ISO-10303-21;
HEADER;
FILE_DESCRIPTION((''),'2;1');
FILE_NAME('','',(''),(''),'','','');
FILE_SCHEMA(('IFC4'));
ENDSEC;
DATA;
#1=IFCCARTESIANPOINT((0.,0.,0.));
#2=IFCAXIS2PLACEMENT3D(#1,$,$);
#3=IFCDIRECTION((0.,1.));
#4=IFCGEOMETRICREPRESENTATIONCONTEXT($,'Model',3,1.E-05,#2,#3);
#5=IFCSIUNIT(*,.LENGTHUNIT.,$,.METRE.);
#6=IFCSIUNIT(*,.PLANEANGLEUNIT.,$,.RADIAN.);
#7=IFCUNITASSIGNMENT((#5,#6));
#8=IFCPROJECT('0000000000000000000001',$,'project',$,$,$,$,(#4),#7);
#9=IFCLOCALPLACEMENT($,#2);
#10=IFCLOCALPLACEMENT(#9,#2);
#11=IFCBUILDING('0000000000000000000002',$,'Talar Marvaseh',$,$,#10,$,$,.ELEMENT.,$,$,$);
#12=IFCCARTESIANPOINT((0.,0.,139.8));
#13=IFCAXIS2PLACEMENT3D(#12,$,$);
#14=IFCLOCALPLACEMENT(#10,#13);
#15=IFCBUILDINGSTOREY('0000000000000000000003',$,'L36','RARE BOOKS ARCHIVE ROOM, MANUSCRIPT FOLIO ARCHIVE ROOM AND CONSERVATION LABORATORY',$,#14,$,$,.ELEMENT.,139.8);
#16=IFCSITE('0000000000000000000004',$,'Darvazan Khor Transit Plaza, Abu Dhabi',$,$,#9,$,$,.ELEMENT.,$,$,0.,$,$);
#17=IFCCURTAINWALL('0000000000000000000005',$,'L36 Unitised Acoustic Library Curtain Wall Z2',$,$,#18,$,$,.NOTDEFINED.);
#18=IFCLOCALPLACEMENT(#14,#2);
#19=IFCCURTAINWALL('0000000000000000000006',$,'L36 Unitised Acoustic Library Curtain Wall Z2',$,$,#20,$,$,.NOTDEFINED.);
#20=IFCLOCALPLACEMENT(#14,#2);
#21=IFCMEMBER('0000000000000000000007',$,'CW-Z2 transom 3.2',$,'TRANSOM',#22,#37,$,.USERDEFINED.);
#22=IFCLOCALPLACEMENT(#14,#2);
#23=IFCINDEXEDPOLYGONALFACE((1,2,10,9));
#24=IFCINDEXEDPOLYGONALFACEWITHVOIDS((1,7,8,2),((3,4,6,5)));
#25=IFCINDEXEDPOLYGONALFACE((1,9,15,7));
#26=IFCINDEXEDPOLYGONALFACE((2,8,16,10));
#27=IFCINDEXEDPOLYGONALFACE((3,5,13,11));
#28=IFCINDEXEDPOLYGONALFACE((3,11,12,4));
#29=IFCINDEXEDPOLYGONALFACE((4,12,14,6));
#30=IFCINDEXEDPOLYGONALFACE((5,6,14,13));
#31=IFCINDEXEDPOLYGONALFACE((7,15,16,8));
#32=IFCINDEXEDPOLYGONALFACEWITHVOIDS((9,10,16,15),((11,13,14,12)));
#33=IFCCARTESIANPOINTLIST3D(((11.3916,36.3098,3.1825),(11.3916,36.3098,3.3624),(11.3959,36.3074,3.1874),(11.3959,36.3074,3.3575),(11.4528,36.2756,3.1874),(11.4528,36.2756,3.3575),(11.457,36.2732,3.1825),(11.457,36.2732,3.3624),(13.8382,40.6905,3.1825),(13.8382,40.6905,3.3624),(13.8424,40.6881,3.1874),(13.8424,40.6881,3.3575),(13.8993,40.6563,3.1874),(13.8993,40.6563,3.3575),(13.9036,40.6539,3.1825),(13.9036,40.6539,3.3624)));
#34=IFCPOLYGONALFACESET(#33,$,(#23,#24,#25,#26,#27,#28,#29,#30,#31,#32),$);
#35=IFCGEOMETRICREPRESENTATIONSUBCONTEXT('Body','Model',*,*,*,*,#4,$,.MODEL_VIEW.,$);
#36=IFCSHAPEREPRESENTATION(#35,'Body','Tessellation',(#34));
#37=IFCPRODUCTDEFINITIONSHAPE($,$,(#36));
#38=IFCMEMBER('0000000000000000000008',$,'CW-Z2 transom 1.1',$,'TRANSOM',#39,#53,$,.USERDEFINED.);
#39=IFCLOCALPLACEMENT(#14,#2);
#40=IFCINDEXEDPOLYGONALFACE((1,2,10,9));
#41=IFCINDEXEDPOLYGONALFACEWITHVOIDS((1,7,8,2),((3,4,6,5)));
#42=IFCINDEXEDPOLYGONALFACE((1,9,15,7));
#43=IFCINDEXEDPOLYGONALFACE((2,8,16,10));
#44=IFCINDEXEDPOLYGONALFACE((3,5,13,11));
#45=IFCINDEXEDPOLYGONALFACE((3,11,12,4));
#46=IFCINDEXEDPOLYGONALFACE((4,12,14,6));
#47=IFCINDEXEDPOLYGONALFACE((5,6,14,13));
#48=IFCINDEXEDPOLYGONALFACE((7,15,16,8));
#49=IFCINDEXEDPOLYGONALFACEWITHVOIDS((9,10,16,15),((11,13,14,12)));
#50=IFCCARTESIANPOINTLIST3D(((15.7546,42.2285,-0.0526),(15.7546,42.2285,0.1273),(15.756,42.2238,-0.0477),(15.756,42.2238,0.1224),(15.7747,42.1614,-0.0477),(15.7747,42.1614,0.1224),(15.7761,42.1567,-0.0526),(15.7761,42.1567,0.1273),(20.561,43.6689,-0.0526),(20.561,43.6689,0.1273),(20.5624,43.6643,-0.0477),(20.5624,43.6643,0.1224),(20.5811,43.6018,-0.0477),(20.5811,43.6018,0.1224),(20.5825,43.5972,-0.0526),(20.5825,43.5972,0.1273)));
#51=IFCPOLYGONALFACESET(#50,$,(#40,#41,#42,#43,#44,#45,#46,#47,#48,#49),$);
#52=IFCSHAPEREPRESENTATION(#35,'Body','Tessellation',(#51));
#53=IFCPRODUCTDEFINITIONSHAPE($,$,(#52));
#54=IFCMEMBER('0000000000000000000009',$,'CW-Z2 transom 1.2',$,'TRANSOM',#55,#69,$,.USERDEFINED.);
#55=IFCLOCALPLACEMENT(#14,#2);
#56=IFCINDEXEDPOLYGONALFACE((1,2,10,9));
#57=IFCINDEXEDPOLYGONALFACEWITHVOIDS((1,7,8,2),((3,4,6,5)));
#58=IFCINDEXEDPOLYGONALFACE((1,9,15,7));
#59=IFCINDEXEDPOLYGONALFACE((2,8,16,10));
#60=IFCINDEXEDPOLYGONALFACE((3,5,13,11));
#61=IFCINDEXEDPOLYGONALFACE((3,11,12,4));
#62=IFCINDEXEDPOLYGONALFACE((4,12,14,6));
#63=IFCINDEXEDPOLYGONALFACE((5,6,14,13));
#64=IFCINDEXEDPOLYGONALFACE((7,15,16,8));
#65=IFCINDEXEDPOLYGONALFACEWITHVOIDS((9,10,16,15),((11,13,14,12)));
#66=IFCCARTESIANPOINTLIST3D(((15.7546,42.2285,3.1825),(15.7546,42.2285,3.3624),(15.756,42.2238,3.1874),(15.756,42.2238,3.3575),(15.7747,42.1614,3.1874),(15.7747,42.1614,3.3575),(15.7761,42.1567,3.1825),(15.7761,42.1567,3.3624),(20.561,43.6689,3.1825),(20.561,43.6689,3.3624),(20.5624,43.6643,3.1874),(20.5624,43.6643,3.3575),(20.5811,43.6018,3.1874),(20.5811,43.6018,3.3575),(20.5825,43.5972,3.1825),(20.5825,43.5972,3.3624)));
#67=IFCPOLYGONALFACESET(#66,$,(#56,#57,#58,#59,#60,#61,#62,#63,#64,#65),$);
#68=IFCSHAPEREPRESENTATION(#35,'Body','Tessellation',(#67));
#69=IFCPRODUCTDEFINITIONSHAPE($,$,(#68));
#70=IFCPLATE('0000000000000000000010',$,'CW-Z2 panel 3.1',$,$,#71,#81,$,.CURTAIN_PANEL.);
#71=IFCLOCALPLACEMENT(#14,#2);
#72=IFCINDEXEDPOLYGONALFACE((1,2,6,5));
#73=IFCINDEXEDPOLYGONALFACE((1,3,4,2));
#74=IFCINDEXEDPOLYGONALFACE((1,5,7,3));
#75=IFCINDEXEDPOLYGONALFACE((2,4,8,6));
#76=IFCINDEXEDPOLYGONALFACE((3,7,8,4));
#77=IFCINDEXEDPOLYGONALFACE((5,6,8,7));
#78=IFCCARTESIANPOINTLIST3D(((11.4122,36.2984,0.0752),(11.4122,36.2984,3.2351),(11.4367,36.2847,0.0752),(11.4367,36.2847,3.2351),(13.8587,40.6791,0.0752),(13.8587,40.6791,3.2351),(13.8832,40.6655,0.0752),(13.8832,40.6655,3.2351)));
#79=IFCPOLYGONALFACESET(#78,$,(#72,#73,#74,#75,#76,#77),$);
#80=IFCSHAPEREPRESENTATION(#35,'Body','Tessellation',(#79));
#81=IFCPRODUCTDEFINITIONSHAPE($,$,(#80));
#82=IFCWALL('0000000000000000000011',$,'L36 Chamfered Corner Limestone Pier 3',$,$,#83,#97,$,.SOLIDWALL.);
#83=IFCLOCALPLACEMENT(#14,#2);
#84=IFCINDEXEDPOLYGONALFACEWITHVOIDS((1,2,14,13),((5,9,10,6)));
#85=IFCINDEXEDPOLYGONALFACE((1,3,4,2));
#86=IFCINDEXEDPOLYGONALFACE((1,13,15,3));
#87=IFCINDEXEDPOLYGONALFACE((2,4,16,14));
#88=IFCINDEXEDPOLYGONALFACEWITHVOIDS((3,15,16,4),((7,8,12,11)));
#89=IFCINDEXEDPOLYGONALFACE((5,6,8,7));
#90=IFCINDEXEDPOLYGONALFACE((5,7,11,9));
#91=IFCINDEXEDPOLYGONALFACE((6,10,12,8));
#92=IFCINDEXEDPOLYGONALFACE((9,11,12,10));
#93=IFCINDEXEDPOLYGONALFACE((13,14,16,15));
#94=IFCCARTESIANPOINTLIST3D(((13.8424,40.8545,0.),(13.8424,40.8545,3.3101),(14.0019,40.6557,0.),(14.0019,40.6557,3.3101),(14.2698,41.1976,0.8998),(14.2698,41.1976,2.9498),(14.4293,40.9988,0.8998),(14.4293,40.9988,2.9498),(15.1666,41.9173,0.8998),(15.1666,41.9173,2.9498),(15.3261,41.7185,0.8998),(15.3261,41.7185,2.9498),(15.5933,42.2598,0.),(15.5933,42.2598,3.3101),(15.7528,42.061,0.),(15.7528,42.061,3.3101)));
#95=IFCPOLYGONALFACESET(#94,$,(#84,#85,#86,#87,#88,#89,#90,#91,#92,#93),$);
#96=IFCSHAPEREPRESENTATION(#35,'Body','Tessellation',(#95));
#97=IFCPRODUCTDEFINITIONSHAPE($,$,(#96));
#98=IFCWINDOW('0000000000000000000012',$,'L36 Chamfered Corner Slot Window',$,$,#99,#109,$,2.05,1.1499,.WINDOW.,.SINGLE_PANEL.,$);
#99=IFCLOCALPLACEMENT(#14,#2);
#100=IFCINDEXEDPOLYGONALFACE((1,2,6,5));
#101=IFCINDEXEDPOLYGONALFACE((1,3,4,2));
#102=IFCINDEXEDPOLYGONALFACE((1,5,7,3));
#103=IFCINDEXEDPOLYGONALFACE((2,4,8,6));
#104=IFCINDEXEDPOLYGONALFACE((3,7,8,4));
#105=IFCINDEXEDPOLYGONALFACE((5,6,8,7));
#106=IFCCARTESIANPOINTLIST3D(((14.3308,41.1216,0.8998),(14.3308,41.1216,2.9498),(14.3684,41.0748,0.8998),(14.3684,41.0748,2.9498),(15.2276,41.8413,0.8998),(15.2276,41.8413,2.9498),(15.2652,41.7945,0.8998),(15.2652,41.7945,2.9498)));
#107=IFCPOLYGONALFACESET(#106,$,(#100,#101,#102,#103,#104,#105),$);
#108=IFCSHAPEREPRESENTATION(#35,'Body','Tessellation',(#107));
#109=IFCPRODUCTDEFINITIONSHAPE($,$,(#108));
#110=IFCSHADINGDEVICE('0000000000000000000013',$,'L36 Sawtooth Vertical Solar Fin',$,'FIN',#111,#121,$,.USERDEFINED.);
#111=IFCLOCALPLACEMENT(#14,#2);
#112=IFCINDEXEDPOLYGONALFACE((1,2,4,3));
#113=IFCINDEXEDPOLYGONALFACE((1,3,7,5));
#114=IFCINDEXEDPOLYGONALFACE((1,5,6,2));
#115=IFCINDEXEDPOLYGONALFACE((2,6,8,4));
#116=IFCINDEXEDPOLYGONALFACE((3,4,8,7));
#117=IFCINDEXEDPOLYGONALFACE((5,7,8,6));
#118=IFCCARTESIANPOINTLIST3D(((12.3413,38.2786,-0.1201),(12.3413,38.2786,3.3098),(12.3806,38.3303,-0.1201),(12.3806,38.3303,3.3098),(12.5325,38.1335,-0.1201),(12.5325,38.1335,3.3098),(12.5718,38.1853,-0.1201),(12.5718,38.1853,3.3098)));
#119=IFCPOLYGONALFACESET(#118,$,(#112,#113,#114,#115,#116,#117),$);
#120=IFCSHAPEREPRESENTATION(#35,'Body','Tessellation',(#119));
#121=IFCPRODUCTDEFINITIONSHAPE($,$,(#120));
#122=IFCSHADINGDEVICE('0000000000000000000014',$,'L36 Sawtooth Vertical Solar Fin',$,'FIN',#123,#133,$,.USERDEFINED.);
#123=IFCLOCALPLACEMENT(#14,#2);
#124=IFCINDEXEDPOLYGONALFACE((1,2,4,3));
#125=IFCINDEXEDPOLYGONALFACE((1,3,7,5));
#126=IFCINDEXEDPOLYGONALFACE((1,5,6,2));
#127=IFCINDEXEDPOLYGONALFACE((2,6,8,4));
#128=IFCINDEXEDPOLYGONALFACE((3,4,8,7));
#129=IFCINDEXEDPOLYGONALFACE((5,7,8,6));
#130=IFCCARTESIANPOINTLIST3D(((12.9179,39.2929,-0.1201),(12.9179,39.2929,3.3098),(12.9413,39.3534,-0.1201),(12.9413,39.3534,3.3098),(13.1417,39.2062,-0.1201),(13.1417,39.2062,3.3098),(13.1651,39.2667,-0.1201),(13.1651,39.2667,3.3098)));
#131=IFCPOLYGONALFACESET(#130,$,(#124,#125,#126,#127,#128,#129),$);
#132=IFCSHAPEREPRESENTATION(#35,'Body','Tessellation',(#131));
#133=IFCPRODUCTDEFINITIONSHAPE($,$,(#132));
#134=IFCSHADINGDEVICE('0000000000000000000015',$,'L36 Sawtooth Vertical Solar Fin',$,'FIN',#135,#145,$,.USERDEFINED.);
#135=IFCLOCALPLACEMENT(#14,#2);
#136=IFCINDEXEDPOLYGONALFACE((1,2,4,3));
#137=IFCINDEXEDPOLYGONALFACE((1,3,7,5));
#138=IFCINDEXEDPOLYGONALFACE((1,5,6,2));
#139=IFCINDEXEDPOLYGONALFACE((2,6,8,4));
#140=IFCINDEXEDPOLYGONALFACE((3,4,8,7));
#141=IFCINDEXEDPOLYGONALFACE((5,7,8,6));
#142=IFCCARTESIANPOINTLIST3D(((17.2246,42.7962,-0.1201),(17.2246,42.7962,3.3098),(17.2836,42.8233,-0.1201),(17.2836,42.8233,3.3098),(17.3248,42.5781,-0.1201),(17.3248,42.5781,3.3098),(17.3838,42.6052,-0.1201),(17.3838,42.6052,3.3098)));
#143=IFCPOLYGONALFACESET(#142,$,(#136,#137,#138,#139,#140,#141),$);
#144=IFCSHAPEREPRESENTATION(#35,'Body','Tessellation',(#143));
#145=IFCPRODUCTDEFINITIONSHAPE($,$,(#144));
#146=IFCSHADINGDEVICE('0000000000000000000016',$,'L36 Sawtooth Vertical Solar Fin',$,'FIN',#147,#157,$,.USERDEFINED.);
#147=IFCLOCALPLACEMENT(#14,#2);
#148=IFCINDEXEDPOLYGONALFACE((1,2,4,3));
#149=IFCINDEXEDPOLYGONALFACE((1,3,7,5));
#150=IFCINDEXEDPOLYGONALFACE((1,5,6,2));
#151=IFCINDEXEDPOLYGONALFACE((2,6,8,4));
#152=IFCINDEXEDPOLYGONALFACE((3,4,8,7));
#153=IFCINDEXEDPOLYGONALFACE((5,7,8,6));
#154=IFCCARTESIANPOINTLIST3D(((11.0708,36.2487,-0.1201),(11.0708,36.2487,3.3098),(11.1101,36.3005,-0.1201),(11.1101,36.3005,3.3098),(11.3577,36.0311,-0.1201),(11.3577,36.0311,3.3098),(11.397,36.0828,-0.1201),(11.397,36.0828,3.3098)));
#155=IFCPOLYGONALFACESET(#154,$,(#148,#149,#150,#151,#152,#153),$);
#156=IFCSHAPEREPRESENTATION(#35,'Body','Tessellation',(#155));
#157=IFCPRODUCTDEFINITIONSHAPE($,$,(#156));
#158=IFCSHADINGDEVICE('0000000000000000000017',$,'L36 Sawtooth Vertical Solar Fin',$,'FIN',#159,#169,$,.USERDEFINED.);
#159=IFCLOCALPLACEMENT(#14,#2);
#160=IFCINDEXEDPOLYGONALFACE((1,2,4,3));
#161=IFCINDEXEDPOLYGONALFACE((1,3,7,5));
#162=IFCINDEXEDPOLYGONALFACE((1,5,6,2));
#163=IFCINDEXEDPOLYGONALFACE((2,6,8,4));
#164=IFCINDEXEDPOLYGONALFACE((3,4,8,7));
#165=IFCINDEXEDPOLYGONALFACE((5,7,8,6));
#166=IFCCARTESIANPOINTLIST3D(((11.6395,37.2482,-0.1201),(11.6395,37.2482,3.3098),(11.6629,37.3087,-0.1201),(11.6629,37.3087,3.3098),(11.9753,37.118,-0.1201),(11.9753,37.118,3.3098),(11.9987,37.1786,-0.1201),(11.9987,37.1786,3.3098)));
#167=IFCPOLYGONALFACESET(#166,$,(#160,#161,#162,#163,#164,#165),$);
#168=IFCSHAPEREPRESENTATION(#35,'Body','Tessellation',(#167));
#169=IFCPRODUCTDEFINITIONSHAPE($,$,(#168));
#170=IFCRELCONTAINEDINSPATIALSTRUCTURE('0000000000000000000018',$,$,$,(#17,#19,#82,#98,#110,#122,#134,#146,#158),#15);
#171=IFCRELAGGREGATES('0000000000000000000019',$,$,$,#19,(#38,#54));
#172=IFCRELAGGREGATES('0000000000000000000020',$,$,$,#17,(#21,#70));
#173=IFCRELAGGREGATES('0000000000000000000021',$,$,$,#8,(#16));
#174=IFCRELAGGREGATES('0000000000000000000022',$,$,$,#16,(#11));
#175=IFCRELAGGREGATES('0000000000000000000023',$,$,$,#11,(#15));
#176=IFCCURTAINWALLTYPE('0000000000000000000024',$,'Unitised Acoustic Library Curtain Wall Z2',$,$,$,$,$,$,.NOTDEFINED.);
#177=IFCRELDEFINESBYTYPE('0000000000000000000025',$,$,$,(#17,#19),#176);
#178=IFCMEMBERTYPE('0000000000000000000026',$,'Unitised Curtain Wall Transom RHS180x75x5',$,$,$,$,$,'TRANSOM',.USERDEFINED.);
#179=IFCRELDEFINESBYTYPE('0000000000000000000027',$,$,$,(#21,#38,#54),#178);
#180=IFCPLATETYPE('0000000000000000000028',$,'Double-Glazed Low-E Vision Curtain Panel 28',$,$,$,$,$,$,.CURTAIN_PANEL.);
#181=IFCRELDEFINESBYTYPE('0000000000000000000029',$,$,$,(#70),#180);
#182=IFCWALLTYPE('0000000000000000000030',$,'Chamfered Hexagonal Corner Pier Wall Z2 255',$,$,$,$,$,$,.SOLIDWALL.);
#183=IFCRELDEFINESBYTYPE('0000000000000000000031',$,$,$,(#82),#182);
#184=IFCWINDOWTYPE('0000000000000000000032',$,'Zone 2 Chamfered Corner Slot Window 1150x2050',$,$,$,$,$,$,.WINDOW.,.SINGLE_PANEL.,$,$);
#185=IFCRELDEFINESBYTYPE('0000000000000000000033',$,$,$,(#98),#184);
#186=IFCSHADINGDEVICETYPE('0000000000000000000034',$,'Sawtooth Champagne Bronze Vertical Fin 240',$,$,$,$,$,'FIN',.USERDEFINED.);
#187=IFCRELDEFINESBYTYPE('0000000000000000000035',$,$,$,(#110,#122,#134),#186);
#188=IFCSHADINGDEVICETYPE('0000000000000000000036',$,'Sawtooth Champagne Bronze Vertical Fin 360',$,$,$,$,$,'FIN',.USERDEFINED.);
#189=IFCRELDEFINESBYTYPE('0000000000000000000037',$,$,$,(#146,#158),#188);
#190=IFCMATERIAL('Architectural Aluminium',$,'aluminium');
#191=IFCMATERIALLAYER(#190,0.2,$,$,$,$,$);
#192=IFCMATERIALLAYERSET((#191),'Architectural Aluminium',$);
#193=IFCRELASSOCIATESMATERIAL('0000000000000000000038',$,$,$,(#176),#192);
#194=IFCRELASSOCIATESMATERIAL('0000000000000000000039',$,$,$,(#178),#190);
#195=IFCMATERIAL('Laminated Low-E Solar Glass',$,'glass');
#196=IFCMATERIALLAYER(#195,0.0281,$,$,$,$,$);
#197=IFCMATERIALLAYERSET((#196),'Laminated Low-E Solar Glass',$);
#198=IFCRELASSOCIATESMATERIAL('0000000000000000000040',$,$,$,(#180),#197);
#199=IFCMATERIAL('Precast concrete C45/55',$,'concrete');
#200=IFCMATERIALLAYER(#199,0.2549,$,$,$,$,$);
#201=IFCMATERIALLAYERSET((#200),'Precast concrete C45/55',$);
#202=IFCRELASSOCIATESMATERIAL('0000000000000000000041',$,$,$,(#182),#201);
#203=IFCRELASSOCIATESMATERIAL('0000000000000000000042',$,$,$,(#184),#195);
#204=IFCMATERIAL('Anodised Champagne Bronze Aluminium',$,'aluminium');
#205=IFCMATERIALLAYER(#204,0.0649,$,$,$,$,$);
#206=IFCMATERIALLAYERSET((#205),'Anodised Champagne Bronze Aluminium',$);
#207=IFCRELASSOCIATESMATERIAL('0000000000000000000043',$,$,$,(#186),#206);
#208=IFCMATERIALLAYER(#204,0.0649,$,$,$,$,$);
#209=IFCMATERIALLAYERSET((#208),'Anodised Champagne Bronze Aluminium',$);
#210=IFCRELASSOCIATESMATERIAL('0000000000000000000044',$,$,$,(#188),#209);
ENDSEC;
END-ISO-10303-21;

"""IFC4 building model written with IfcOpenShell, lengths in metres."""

from ifc_helpers import new_model, si_unit, direction, frame, frame_2d, origin, origin_2d, place, context, subcontext, project, spatial, rectangle, hollow_rectangle, extrude, source, transform, mapped, material, layer, layer_set, material_profile, profile_set, type_object, type_shapes, element, fill, aggregate, save


model = new_model("IFC4")

# Units and contexts
model_context = context("Model", 3, precision=1e-05, world=origin(), true_north=direction((0.0, 1.0)))
body_context = subcontext(model_context, "Body", "Model", "MODEL_VIEW")
ifc_project = project(units=[si_unit("LENGTHUNIT", "METRE"), si_unit("PLANEANGLEUNIT", "RADIAN")], contexts=[model_context])

# Site, building, storey
site_placement = place(None, origin())
site = spatial("IfcSite", under=ifc_project, at=site_placement, Name="Darvazan Khor Transit Plaza, Abu Dhabi", CompositionType="ELEMENT", RefElevation=0.0)
building_placement = place(site_placement, origin())
building = spatial("IfcBuilding", under=site, at=building_placement, Name="Talar Marvaseh", CompositionType="ELEMENT")
storey_placement = place(building_placement, frame((0.0, 0.0, 139.8)))
storey = spatial("IfcBuildingStorey", under=building, at=storey_placement, Name="L36", Description="RARE BOOKS ARCHIVE ROOM, MANUSCRIPT FOLIO ARCHIVE ROOM AND CONSERVATION LABORATORY", CompositionType="ELEMENT", Elevation=139.8)

# Curtain wall
ifc_material_1 = material(Name="Architectural Aluminium", Category="aluminium")
ifc_layer_1 = layer(ifc_material_1, 0.2)
ifc_layer_set_1 = layer_set([ifc_layer_1], Name="Architectural Aluminium")
curtain_wall_type = type_object("IfcCurtainWallType", Name="Unitised Acoustic Library Curtain Wall Z2", PredefinedType="NOTDEFINED", material=ifc_layer_set_1)
curtain_wall_1_placement = place(storey_placement, origin())
curtain_wall_1 = element("IfcCurtainWall", 1, at=curtain_wall_1_placement, inside=storey, type_object=curtain_wall_type, Name="L36 Unitised Acoustic Library Curtain Wall Z2", PredefinedType="NOTDEFINED")

# Curtain wall
curtain_wall_2_placement = place(storey_placement, origin())
curtain_wall_2 = element("IfcCurtainWall", 2, at=curtain_wall_2_placement, inside=storey, type_object=curtain_wall_type, Name="L36 Unitised Acoustic Library Curtain Wall Z2", PredefinedType="NOTDEFINED")

# Members
ifc_material_profile_1 = material_profile(ifc_material_1, hollow_rectangle(XDim=0.075, YDim=0.1799, WallThickness=0.0049, at=origin_2d()), Name="RHS180x75x5")
ifc_profile_set_1 = profile_set([ifc_material_profile_1], Name="Architectural Aluminium")
member_type_1 = type_object("IfcMemberType", Name="Unitised Curtain Wall Transom RHS180x75x5", ElementType="TRANSOM", PredefinedType="USERDEFINED", material=ifc_profile_set_1)
shared_shape_1 = source(origin(), body_context, "Body", "SweptSolid", [
    extrude(hollow_rectangle(XDim=0.075, YDim=0.1799, WallThickness=0.0049, at=origin_2d()), origin(), (0.0, 0.0, 1.0), 5.0176),
])
type_shapes(member_type_1, [shared_shape_1])
member_1_placement = place(storey_placement, frame((11.4243, 36.2915, 3.2725), z_axis=(0.4876, 0.873067, 0.0), x_axis=(-0.873067, 0.4876, 0.0)))
member_1 = element("IfcMember", 3, at=member_1_placement, type_object=member_type_1, Name="CW-Z2 transom 3.2", ObjectType="TRANSOM", PredefinedType="USERDEFINED", context=body_context, shape_type="MappedRepresentation", body=[
    mapped(shared_shape_1, transform((0.0, 0.0, 0.0), x_axis=(1.0, 0.0, 0.0), y_axis=(0.0, 1.0, 0.0), z_axis=(0.0, 0.0, 1.0), scale=1.0)),
])
member_2_placement = place(storey_placement, frame((15.7654, 42.1926, 0.0374), z_axis=(0.957908, 0.287076, 0.0), x_axis=(-0.287076, 0.957908, 0.0)))
member_2 = element("IfcMember", 4, at=member_2_placement, type_object=member_type_1, Name="CW-Z2 transom 1.1", ObjectType="TRANSOM", PredefinedType="USERDEFINED", context=body_context, shape_type="MappedRepresentation", body=[
    mapped(shared_shape_1, transform((0.0, 0.0, 0.0), x_axis=(1.0, 0.0, 0.0), y_axis=(0.0, 1.0, 0.0), z_axis=(0.0, 0.0, 1.0), scale=1.0)),
])
member_3_placement = place(storey_placement, frame((15.7654, 42.1926, 3.2725), z_axis=(0.957908, 0.287076, 0.0), x_axis=(-0.287076, 0.957908, 0.0)))
member_3 = element("IfcMember", 5, at=member_3_placement, type_object=member_type_1, Name="CW-Z2 transom 1.2", ObjectType="TRANSOM", PredefinedType="USERDEFINED", context=body_context, shape_type="MappedRepresentation", body=[
    mapped(shared_shape_1, transform((0.0, 0.0, 0.0), x_axis=(1.0, 0.0, 0.0), y_axis=(0.0, 1.0, 0.0), z_axis=(0.0, 0.0, 1.0), scale=1.0)),
])
aggregate(curtain_wall_2, [member_2, member_3])

# Plate
ifc_material_2 = material(Name="Laminated Low-E Solar Glass", Category="glass")
ifc_layer_2 = layer(ifc_material_2, 0.0281)
ifc_layer_set_2 = layer_set([ifc_layer_2], Name="Laminated Low-E Solar Glass")
plate_type = type_object("IfcPlateType", Name="Double-Glazed Low-E Vision Curtain Panel 28", PredefinedType="CURTAIN_PANEL", material=ifc_layer_set_2)
shared_shape_2 = source(origin(), body_context, "Body", "SweptSolid", [
    extrude(rectangle(XDim=5.0176, YDim=0.0281, at=origin_2d()), origin(), (0.0, 0.0, 1.0), 3.1599),
])
type_shapes(plate_type, [shared_shape_2])
plate_placement = place(storey_placement, frame((12.6477, 38.4819, 0.0752), z_axis=(0.0, 0.0, 1.0), x_axis=(0.487584, 0.873076, 0.0)))
plate = element("IfcPlate", 6, at=plate_placement, type_object=plate_type, Name="CW-Z2 panel 3.1", PredefinedType="CURTAIN_PANEL", context=body_context, shape_type="MappedRepresentation", body=[
    mapped(shared_shape_2, transform((0.0, 0.0, 0.0), x_axis=(1.0, 0.0, 0.0), y_axis=(0.0, 1.0, 0.0), z_axis=(0.0, 0.0, 1.0), scale=1.0)),
])
aggregate(curtain_wall_1, [member_1, plate])

# Wall, opening, window
ifc_material_3 = material(Name="Precast concrete C45/55", Category="concrete")
ifc_layer_3 = layer(ifc_material_3, 0.2549)
ifc_layer_set_3 = layer_set([ifc_layer_3], Name="Precast concrete C45/55")
wall_type = type_object("IfcWallType", Name="Chamfered Hexagonal Corner Pier Wall Z2 255", PredefinedType="SOLIDWALL", material=ifc_layer_set_3)
wall_placement = place(storey_placement, frame((13.9221, 40.7551, 0.0), z_axis=(0.0, 0.0, 1.0), x_axis=(0.779892, 0.625914, 0.0)))
wall = element("IfcWall", 7, at=wall_placement, inside=storey, type_object=wall_type, Name="L36 Chamfered Corner Limestone Pier 3", PredefinedType="SOLIDWALL", context=body_context, shape_type="SweptSolid", body=[
    extrude(rectangle(XDim=2.2451, YDim=0.2549, at=frame_2d((1.1226, 0.0))), origin(), (0.0, 0.0, 1.0), 3.3101),
])
opening_placement = place(wall_placement, frame((0.5481, 0.0, 0.8999)))
opening = element("IfcOpeningElement", 8, at=opening_placement, cuts=wall, PredefinedType="OPENING", context=body_context, shape_type="SweptSolid", body=[
    extrude(rectangle(XDim=1.1499, YDim=2.05, at=frame_2d((0.575, 1.0249))), frame((0.0, 0.1375, 0.0), z_axis=(0.0, -1.0, 0.0), x_axis=(1.0, 0.0, 0.0)), (0.0, 0.0, 1.0), 0.2749),
])
window_type = type_object("IfcWindowType", Name="Zone 2 Chamfered Corner Slot Window 1150x2050", PartitioningType="SINGLE_PANEL", PredefinedType="WINDOW", material=ifc_material_2)
shared_shape_3 = source(origin(), body_context, "Body", "SweptSolid", [
    extrude(rectangle(XDim=1.1499, YDim=2.05, at=frame_2d((0.575, 1.0249))), frame((0.0, 0.03, 0.0), z_axis=(0.0, -1.0, 0.0), x_axis=(1.0, 0.0, 0.0)), (0.0, 0.0, 1.0), 0.0601),
])
type_shapes(window_type, [shared_shape_3])
window_placement = place(opening_placement, origin())
window = element("IfcWindow", 9, at=window_placement, inside=storey, type_object=window_type, Name="L36 Chamfered Corner Slot Window", OverallHeight=2.05, OverallWidth=1.1499, PartitioningType="SINGLE_PANEL", PredefinedType="WINDOW", context=body_context, shape_type="MappedRepresentation", body=[
    mapped(shared_shape_3, transform((0.0, 0.0, 0.0), x_axis=(1.0, 0.0, 0.0), y_axis=(0.0, 1.0, 0.0), z_axis=(0.0, 0.0, 1.0), scale=1.0)),
])
fill(opening, window)

# Shading devices
ifc_material_4 = material(Name="Anodised Champagne Bronze Aluminium", Category="aluminium")
ifc_layer_4 = layer(ifc_material_4, 0.0649)
ifc_layer_set_4 = layer_set([ifc_layer_4], Name="Anodised Champagne Bronze Aluminium")
shading_device_type_1 = type_object("IfcShadingDeviceType", Name="Sawtooth Champagne Bronze Vertical Fin 240", ElementType="FIN", PredefinedType="USERDEFINED", material=ifc_layer_set_4)
shared_shape_4 = source(origin(), body_context, "Body", "SweptSolid", [
    extrude(rectangle(XDim=0.24, YDim=0.0649, at=origin_2d()), origin(), (0.0, 0.0, 1.0), 3.4299),
])
type_shapes(shading_device_type_1, [shared_shape_4])
for number, where, z_axis, x_axis, name in (
    (10, (12.4565, 38.2319, -0.1201), (0.0, 0.0, 1.0), (-0.796741, 0.604321, 0.0), "L36 Sawtooth Vertical Solar Fin"),
    (11, (13.0415, 39.2798, -0.1201), (0.0, 0.0, 1.0), (-0.93245, 0.361299, 0.0), "L36 Sawtooth Vertical Solar Fin"),
    (12, (17.3042, 42.7007, -0.1201), (0.0, 0.0, 1.0), (-0.41755, 0.908654, 0.0), "L36 Sawtooth Vertical Solar Fin"),
):
    element("IfcShadingDevice", number, at=place(storey_placement, frame(where, z_axis=z_axis, x_axis=x_axis)), inside=storey, type_object=shading_device_type_1, Name=name, ObjectType="FIN", PredefinedType="USERDEFINED", context=body_context, shape_type="MappedRepresentation", body=[
        mapped(shared_shape_4, transform((0.0, 0.0, 0.0), x_axis=(1.0, 0.0, 0.0), y_axis=(0.0, 1.0, 0.0), z_axis=(0.0, 0.0, 1.0), scale=1.0)),
    ])
ifc_layer_5 = layer(ifc_material_4, 0.0649)
ifc_layer_set_5 = layer_set([ifc_layer_5], Name="Anodised Champagne Bronze Aluminium")
shading_device_type_2 = type_object("IfcShadingDeviceType", Name="Sawtooth Champagne Bronze Vertical Fin 360", ElementType="FIN", PredefinedType="USERDEFINED", material=ifc_layer_set_5)
shared_shape_5 = source(origin(), body_context, "Body", "SweptSolid", [
    extrude(rectangle(XDim=0.3601, YDim=0.0649, at=origin_2d()), origin(), (0.0, 0.0, 1.0), 3.4299),
])
type_shapes(shading_device_type_2, [shared_shape_5])
for number, where, z_axis, x_axis, name in (
    (13, (11.2339, 36.1658, -0.1201), (0.0, 0.0, 1.0), (-0.796741, 0.604321, 0.0), "L36 Sawtooth Vertical Solar Fin"),
    (14, (11.8191, 37.2134, -0.1201), (0.0, 0.0, 1.0), (-0.93245, 0.361299, 0.0), "L36 Sawtooth Vertical Solar Fin"),
):
    element("IfcShadingDevice", number, at=place(storey_placement, frame(where, z_axis=z_axis, x_axis=x_axis)), inside=storey, type_object=shading_device_type_2, Name=name, ObjectType="FIN", PredefinedType="USERDEFINED", context=body_context, shape_type="MappedRepresentation", body=[
        mapped(shared_shape_5, transform((0.0, 0.0, 0.0), x_axis=(1.0, 0.0, 0.0), y_axis=(0.0, 1.0, 0.0), z_axis=(0.0, 0.0, 1.0), scale=1.0)),
    ])

save(model, "model.ifc")
